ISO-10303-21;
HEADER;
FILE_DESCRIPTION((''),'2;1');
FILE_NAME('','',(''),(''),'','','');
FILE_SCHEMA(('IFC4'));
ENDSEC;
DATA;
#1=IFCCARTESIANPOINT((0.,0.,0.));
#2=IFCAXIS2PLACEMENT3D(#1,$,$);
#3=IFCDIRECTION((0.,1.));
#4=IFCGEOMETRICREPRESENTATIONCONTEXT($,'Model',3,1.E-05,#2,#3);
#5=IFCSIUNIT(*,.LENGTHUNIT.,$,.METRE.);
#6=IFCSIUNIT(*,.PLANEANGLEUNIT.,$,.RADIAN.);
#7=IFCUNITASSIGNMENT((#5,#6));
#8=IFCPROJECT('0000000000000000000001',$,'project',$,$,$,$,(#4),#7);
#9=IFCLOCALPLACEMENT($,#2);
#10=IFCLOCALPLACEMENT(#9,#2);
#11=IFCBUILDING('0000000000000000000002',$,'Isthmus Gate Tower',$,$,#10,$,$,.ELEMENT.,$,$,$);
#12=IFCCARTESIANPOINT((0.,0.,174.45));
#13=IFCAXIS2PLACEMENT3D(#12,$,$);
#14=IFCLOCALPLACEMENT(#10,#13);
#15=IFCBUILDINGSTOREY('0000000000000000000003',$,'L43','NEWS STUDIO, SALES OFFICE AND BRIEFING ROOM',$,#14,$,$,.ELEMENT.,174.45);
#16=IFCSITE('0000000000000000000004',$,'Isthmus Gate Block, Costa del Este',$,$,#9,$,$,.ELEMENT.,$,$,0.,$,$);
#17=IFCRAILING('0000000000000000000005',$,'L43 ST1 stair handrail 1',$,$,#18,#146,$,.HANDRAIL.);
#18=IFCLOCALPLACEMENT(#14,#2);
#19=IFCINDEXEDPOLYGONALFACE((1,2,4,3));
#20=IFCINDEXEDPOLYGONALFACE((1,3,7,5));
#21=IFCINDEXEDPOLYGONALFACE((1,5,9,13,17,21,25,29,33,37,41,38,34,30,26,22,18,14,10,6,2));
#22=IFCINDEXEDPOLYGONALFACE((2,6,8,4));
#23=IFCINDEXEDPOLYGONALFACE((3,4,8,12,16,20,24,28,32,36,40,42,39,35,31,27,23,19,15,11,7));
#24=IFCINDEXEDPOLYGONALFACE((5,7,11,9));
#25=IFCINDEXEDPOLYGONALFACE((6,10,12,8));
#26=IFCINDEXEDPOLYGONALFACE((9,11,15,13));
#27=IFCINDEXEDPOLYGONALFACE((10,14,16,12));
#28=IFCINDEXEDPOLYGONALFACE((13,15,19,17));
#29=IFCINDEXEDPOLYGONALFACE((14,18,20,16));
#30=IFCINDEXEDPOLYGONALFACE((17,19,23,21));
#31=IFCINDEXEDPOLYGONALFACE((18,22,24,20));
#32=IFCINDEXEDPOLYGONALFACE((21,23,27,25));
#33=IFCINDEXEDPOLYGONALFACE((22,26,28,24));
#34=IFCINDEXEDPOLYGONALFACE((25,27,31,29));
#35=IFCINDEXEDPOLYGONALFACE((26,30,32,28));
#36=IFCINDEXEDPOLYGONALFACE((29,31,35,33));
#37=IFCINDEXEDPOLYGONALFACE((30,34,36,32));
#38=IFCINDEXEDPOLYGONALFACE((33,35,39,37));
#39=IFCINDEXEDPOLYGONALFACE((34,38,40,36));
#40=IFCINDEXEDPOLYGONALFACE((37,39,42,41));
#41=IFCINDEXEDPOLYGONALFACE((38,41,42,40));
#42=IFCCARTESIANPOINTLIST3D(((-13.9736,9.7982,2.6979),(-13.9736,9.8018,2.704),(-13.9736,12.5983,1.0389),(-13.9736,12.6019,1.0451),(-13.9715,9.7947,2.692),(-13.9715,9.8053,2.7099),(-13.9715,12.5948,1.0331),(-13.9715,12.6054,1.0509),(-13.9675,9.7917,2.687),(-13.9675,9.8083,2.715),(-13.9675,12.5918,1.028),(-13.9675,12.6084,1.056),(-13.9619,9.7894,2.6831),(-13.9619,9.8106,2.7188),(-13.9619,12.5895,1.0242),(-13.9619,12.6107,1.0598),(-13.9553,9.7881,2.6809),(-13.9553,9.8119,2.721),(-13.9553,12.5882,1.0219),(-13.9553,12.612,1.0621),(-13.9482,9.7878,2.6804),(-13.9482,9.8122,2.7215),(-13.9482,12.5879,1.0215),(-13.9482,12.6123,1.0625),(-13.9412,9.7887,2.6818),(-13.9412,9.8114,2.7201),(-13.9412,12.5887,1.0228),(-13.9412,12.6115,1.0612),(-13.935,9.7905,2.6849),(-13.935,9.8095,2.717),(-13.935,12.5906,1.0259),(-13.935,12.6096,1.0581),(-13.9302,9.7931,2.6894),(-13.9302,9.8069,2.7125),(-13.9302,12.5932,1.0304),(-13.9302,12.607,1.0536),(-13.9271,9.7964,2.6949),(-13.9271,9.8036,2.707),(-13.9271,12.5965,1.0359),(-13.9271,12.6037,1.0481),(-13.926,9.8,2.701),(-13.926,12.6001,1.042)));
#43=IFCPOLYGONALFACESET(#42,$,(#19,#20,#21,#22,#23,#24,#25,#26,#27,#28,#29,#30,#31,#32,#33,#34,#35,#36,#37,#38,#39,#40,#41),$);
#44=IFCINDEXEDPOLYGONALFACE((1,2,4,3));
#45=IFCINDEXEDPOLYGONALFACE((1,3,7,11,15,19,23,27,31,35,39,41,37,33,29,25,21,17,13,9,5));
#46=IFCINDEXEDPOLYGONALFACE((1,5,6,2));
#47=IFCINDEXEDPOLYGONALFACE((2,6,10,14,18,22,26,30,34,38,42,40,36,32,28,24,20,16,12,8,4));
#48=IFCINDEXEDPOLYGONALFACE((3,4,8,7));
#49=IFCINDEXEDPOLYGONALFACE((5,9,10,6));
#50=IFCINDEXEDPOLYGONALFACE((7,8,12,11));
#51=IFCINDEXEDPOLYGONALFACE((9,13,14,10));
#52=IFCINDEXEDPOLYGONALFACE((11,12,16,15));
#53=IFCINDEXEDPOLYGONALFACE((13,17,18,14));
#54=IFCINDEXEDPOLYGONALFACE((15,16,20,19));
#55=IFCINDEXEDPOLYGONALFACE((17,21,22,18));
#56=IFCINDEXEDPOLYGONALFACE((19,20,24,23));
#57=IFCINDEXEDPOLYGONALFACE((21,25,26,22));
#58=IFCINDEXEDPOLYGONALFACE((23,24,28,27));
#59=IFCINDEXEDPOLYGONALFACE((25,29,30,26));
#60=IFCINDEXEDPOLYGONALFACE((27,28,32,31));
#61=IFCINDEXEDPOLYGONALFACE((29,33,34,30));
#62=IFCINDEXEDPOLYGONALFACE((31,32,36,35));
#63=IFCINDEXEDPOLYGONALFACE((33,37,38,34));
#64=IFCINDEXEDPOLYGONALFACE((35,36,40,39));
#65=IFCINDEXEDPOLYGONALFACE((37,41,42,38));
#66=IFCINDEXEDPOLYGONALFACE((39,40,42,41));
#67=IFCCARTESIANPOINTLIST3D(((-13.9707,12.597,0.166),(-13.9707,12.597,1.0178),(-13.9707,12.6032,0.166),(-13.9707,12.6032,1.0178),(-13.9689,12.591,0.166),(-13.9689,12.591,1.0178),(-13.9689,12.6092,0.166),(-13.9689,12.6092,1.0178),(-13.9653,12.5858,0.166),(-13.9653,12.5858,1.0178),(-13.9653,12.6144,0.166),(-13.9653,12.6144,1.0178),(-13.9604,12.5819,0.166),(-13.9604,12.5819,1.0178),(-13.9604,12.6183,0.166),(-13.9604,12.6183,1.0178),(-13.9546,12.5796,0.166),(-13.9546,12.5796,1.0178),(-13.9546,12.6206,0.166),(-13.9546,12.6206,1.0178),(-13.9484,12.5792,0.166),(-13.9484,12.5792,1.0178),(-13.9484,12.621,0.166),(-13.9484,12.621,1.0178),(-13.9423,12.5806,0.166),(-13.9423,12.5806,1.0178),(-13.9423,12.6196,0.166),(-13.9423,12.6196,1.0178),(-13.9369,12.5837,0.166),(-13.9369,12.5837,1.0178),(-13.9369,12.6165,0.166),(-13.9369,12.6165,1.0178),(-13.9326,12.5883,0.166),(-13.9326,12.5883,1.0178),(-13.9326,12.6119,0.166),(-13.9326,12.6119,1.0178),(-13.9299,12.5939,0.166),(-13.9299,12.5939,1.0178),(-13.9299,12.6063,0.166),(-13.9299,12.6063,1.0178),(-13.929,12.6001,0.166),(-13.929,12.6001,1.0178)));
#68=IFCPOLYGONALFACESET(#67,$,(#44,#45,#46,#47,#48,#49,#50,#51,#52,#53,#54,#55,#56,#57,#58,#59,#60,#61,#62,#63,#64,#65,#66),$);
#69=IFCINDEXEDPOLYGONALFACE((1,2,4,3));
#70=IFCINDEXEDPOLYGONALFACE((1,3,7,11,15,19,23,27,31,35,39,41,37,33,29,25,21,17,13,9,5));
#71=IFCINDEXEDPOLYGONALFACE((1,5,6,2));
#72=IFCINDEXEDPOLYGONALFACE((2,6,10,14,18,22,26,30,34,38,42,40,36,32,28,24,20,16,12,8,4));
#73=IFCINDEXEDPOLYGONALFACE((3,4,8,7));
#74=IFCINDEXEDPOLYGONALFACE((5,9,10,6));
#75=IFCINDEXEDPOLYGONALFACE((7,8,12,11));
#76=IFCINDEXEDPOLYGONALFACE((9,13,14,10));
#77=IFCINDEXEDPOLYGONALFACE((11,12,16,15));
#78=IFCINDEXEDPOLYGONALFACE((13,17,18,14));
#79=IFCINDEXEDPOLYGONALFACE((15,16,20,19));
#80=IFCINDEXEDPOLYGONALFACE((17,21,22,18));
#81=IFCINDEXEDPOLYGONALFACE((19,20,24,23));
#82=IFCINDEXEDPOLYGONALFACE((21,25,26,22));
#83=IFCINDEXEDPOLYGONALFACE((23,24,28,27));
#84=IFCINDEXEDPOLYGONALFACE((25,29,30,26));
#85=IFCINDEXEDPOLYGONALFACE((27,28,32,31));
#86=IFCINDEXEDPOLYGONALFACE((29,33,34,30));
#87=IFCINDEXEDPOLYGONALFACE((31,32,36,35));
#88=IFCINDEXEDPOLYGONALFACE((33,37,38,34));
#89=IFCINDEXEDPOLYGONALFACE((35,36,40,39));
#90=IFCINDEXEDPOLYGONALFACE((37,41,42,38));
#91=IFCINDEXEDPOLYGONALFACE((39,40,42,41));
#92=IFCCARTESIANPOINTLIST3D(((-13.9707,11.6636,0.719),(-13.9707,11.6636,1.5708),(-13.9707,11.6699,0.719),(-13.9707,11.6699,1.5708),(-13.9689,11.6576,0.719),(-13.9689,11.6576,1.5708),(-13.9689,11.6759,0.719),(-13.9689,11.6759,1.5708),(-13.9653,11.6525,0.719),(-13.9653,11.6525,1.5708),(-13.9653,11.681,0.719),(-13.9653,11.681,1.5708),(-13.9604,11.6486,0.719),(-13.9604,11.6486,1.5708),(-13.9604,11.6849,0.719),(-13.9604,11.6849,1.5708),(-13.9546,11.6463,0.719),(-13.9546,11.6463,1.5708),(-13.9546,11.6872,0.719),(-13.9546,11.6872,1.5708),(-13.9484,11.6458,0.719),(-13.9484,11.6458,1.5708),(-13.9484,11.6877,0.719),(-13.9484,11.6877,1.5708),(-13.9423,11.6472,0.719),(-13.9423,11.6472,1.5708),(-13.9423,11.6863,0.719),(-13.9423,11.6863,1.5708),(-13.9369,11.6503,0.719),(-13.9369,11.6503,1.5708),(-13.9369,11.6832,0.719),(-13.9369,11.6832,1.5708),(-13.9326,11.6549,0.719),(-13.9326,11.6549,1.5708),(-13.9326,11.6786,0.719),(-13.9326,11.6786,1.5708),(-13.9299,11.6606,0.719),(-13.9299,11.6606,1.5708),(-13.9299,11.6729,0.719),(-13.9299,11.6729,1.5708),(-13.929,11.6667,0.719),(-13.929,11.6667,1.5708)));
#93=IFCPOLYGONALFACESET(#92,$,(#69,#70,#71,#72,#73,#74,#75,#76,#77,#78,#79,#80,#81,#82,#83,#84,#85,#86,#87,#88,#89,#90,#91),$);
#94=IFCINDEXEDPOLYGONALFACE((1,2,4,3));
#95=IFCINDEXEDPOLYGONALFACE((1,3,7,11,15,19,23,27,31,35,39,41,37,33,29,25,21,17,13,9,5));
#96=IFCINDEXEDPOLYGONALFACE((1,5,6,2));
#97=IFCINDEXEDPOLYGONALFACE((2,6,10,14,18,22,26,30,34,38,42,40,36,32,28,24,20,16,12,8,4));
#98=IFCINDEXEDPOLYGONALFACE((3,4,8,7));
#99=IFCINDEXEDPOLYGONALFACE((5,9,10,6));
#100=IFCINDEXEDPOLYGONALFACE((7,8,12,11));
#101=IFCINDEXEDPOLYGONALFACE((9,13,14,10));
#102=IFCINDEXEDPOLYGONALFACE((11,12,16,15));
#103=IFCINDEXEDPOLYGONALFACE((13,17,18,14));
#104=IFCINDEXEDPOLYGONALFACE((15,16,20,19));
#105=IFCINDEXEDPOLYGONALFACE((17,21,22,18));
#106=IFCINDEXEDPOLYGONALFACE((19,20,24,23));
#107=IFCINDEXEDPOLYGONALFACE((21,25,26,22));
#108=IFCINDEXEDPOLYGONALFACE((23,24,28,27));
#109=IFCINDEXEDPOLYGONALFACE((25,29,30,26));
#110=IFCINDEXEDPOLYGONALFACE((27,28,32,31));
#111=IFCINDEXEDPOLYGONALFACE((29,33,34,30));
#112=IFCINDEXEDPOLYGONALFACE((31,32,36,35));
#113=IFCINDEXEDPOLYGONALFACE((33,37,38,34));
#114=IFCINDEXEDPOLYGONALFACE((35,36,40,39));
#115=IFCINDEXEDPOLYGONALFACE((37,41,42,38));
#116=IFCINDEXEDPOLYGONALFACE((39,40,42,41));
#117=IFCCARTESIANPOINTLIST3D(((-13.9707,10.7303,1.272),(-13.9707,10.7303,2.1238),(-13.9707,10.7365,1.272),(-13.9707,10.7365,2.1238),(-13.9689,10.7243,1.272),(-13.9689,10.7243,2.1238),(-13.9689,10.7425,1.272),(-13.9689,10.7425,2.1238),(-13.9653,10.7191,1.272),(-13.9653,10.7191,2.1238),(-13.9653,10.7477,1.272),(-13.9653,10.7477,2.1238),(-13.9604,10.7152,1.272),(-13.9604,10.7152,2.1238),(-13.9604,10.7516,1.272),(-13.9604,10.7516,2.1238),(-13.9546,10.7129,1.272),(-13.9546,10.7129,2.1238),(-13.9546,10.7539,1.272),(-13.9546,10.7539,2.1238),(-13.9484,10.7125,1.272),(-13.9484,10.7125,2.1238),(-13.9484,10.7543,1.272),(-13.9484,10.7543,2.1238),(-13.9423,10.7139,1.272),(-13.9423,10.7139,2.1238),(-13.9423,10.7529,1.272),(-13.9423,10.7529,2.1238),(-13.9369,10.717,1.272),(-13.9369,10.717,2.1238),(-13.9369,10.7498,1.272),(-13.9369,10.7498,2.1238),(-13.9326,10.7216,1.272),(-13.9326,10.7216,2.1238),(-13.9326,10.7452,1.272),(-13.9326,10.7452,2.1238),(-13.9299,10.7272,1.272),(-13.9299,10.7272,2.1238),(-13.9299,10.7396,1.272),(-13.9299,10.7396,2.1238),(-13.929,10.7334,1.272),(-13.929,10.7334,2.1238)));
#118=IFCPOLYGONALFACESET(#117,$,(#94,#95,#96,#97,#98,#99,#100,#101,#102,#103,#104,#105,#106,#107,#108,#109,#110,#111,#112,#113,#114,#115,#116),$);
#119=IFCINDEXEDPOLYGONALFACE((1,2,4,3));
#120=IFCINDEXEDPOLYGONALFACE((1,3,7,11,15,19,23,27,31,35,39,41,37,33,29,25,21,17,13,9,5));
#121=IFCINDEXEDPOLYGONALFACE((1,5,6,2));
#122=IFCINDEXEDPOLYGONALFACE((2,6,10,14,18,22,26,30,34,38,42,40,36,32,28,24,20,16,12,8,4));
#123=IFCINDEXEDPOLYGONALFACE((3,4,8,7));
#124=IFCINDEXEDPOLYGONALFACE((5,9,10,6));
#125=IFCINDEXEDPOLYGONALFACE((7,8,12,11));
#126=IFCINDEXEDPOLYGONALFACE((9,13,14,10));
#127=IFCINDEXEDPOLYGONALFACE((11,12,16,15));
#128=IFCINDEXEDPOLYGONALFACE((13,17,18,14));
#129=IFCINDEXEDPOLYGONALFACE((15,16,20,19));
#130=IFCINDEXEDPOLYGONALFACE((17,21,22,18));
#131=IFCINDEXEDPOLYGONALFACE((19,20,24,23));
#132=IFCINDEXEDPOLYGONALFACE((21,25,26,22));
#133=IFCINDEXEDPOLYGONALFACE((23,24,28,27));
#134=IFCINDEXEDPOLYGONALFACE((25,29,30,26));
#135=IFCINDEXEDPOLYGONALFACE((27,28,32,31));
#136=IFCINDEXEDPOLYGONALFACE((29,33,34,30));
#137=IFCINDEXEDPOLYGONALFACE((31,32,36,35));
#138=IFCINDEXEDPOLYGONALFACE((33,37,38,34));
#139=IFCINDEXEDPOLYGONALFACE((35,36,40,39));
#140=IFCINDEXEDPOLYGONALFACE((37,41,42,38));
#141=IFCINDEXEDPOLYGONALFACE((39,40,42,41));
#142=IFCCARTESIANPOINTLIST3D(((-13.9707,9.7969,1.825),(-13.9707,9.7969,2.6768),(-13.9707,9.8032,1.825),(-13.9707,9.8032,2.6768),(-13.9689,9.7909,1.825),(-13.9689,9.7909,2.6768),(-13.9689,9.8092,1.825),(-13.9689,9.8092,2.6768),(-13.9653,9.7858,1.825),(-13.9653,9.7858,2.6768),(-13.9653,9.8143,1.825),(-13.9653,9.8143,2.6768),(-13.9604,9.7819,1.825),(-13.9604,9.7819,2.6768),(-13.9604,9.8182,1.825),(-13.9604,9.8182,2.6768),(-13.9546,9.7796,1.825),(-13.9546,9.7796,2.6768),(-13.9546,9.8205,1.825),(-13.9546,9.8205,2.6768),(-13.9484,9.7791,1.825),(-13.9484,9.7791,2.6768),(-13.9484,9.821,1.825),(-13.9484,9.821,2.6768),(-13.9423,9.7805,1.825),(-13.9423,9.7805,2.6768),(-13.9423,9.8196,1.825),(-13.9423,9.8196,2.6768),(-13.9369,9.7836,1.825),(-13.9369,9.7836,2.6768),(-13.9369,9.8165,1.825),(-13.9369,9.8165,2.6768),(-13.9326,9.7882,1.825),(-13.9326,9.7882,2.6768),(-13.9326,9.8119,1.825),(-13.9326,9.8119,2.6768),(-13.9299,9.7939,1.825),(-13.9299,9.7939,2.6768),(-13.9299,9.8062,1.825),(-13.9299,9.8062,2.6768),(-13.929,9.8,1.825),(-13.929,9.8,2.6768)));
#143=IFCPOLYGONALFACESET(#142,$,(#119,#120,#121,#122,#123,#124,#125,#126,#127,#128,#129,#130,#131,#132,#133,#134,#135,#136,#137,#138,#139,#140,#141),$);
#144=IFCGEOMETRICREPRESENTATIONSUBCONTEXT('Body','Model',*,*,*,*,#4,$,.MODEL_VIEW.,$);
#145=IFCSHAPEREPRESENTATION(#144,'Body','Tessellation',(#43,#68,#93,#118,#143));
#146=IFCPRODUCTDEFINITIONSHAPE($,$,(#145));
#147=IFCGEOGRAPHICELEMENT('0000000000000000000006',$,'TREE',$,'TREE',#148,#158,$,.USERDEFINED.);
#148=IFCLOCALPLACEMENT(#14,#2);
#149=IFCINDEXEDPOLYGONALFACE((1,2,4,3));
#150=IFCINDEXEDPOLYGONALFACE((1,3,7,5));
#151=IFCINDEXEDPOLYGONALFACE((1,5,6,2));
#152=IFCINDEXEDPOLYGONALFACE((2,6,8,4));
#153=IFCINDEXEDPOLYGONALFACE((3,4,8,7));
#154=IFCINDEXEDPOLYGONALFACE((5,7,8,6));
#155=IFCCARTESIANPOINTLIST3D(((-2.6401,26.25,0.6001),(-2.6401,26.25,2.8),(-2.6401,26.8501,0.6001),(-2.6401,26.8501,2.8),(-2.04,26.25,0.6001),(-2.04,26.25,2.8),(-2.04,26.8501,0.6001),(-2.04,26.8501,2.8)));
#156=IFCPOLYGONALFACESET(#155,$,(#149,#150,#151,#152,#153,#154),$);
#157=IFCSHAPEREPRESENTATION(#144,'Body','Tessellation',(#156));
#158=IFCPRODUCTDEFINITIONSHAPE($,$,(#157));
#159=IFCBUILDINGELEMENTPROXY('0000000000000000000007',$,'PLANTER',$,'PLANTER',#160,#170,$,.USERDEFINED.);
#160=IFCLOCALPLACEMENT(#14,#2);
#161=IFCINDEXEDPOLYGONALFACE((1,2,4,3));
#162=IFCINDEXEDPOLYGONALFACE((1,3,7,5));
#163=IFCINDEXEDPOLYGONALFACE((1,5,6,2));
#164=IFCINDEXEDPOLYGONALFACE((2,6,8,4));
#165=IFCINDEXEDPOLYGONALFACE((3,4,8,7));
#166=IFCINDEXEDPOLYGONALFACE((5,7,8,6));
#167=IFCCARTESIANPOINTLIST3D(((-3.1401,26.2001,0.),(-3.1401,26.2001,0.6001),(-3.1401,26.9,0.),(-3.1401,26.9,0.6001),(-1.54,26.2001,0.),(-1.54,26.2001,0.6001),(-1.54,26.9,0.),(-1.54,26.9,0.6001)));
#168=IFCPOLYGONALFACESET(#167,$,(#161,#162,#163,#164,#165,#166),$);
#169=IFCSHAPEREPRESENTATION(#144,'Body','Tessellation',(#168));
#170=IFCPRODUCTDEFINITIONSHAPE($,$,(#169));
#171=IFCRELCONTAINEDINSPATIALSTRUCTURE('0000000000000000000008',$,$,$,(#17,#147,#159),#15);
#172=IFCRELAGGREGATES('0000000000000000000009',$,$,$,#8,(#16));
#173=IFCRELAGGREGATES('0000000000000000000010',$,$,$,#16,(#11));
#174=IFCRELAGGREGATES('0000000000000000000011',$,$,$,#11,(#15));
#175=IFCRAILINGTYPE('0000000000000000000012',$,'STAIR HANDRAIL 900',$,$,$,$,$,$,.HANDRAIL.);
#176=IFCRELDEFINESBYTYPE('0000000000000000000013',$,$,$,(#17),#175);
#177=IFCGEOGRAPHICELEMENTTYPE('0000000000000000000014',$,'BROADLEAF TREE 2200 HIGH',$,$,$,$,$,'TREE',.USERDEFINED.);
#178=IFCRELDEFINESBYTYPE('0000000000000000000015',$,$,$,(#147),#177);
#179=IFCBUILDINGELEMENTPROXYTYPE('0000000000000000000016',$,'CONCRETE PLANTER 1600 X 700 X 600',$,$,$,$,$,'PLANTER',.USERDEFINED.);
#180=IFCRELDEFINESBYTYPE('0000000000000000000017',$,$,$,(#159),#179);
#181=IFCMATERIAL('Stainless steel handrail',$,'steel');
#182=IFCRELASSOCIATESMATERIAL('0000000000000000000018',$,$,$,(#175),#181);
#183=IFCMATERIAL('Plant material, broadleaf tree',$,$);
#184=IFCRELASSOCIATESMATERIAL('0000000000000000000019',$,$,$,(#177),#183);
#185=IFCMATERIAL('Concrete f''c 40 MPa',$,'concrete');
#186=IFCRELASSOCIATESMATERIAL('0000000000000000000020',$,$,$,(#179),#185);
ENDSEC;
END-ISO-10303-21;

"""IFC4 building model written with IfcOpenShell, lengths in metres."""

from ifc_helpers import new_model, si_unit, direction, frame, origin, origin_2d, place, context, subcontext, project, spatial, rectangle, circle, extrude, material, type_object, element, save


model = new_model("IFC4")

# Units and contexts
model_context = context("Model", 3, precision=1e-05, world=origin(), true_north=direction((0.0, 1.0)))
body_context = subcontext(model_context, "Body", "Model", "MODEL_VIEW")
ifc_project = project(units=[si_unit("LENGTHUNIT", "METRE"), si_unit("PLANEANGLEUNIT", "RADIAN")], contexts=[model_context])

# Site, building, storey
site_placement = place(None, origin())
site = spatial("IfcSite", under=ifc_project, at=site_placement, Name="Isthmus Gate Block, Costa del Este", CompositionType="ELEMENT", RefElevation=0.0)
building_placement = place(site_placement, origin())
building = spatial("IfcBuilding", under=site, at=building_placement, Name="Isthmus Gate Tower", CompositionType="ELEMENT")
storey_placement = place(building_placement, frame((0.0, 0.0, 174.45)))
storey = spatial("IfcBuildingStorey", under=building, at=storey_placement, Name="L43", Description="NEWS STUDIO, SALES OFFICE AND BRIEFING ROOM", CompositionType="ELEMENT", Elevation=174.45)

# Railing
ifc_material_1 = material(Name="Stainless steel handrail", Category="steel")
railing_type_1 = type_object("IfcRailingType", Name="STAIR HANDRAIL 900", PredefinedType="HANDRAIL", material=ifc_material_1)
railing_1_placement = place(storey_placement, frame((-13.95, 12.6001, 0.166)))
element("IfcRailing", 1, at=railing_1_placement, inside=storey, type_object=railing_type_1, Name="L43 ST1 stair handrail 1", PredefinedType="HANDRAIL", context=body_context, shape_type="SweptSolid", body=[
    extrude(circle(Radius=0.0239, at=origin_2d()), frame((0.0, 0.0, 0.876), z_axis=(0.0, -0.860339, 0.509722), x_axis=(1.0, 0.0, 0.0)), (0.0, 0.0, 1.0), 3.2546),
    extrude(circle(Radius=0.021, at=origin_2d()), origin(), (0.0, 0.0, 1.0), 0.8518),
    extrude(circle(Radius=0.021, at=origin_2d()), frame((0.0, -0.9333, 0.553)), (0.0, 0.0, 1.0), 0.8518),
    extrude(circle(Radius=0.021, at=origin_2d()), frame((0.0, -1.8667, 1.106)), (0.0, 0.0, 1.0), 0.8518),
    extrude(circle(Radius=0.021, at=origin_2d()), frame((0.0, -2.8, 1.6589)), (0.0, 0.0, 1.0), 0.8518),
])

# Geographic element
ifc_material_2 = material(Name="Plant material, broadleaf tree")
geographic_element_type = type_object("IfcGeographicElementType", Name="BROADLEAF TREE 2200 HIGH", ElementType="TREE", PredefinedType="USERDEFINED", material=ifc_material_2)
geographic_element_placement = place(storey_placement, frame((-2.3401, 26.55, 0.6001), z_axis=(0.0, 0.0, 1.0), x_axis=(-1.0, 0.0, 0.0)))
element("IfcGeographicElement", 2, at=geographic_element_placement, inside=storey, type_object=geographic_element_type, Name="TREE", ObjectType="TREE", PredefinedType="USERDEFINED", context=body_context, shape_type="SweptSolid", body=[
    extrude(rectangle(XDim=0.6001, YDim=0.6001, at=origin_2d()), origin(), (0.0, 0.0, 1.0), 2.2),
])

# Building element proxy
ifc_material_3 = material(Name="Concrete f'c 40 MPa", Category="concrete")
building_element_proxy_type = type_object("IfcBuildingElementProxyType", Name="CONCRETE PLANTER 1600 X 700 X 600", ElementType="PLANTER", PredefinedType="USERDEFINED", material=ifc_material_3)
proxy_placement = place(storey_placement, frame((-2.3401, 26.55, 0.0), z_axis=(0.0, 0.0, 1.0), x_axis=(-1.0, 0.0, 0.0)))
element("IfcBuildingElementProxy", 3, at=proxy_placement, inside=storey, type_object=building_element_proxy_type, Name="PLANTER", ObjectType="PLANTER", PredefinedType="USERDEFINED", context=body_context, shape_type="SweptSolid", body=[
    extrude(rectangle(XDim=1.6001, YDim=0.7, at=origin_2d()), origin(), (0.0, 0.0, 1.0), 0.6001),
])

save(model, "model.ifc")
